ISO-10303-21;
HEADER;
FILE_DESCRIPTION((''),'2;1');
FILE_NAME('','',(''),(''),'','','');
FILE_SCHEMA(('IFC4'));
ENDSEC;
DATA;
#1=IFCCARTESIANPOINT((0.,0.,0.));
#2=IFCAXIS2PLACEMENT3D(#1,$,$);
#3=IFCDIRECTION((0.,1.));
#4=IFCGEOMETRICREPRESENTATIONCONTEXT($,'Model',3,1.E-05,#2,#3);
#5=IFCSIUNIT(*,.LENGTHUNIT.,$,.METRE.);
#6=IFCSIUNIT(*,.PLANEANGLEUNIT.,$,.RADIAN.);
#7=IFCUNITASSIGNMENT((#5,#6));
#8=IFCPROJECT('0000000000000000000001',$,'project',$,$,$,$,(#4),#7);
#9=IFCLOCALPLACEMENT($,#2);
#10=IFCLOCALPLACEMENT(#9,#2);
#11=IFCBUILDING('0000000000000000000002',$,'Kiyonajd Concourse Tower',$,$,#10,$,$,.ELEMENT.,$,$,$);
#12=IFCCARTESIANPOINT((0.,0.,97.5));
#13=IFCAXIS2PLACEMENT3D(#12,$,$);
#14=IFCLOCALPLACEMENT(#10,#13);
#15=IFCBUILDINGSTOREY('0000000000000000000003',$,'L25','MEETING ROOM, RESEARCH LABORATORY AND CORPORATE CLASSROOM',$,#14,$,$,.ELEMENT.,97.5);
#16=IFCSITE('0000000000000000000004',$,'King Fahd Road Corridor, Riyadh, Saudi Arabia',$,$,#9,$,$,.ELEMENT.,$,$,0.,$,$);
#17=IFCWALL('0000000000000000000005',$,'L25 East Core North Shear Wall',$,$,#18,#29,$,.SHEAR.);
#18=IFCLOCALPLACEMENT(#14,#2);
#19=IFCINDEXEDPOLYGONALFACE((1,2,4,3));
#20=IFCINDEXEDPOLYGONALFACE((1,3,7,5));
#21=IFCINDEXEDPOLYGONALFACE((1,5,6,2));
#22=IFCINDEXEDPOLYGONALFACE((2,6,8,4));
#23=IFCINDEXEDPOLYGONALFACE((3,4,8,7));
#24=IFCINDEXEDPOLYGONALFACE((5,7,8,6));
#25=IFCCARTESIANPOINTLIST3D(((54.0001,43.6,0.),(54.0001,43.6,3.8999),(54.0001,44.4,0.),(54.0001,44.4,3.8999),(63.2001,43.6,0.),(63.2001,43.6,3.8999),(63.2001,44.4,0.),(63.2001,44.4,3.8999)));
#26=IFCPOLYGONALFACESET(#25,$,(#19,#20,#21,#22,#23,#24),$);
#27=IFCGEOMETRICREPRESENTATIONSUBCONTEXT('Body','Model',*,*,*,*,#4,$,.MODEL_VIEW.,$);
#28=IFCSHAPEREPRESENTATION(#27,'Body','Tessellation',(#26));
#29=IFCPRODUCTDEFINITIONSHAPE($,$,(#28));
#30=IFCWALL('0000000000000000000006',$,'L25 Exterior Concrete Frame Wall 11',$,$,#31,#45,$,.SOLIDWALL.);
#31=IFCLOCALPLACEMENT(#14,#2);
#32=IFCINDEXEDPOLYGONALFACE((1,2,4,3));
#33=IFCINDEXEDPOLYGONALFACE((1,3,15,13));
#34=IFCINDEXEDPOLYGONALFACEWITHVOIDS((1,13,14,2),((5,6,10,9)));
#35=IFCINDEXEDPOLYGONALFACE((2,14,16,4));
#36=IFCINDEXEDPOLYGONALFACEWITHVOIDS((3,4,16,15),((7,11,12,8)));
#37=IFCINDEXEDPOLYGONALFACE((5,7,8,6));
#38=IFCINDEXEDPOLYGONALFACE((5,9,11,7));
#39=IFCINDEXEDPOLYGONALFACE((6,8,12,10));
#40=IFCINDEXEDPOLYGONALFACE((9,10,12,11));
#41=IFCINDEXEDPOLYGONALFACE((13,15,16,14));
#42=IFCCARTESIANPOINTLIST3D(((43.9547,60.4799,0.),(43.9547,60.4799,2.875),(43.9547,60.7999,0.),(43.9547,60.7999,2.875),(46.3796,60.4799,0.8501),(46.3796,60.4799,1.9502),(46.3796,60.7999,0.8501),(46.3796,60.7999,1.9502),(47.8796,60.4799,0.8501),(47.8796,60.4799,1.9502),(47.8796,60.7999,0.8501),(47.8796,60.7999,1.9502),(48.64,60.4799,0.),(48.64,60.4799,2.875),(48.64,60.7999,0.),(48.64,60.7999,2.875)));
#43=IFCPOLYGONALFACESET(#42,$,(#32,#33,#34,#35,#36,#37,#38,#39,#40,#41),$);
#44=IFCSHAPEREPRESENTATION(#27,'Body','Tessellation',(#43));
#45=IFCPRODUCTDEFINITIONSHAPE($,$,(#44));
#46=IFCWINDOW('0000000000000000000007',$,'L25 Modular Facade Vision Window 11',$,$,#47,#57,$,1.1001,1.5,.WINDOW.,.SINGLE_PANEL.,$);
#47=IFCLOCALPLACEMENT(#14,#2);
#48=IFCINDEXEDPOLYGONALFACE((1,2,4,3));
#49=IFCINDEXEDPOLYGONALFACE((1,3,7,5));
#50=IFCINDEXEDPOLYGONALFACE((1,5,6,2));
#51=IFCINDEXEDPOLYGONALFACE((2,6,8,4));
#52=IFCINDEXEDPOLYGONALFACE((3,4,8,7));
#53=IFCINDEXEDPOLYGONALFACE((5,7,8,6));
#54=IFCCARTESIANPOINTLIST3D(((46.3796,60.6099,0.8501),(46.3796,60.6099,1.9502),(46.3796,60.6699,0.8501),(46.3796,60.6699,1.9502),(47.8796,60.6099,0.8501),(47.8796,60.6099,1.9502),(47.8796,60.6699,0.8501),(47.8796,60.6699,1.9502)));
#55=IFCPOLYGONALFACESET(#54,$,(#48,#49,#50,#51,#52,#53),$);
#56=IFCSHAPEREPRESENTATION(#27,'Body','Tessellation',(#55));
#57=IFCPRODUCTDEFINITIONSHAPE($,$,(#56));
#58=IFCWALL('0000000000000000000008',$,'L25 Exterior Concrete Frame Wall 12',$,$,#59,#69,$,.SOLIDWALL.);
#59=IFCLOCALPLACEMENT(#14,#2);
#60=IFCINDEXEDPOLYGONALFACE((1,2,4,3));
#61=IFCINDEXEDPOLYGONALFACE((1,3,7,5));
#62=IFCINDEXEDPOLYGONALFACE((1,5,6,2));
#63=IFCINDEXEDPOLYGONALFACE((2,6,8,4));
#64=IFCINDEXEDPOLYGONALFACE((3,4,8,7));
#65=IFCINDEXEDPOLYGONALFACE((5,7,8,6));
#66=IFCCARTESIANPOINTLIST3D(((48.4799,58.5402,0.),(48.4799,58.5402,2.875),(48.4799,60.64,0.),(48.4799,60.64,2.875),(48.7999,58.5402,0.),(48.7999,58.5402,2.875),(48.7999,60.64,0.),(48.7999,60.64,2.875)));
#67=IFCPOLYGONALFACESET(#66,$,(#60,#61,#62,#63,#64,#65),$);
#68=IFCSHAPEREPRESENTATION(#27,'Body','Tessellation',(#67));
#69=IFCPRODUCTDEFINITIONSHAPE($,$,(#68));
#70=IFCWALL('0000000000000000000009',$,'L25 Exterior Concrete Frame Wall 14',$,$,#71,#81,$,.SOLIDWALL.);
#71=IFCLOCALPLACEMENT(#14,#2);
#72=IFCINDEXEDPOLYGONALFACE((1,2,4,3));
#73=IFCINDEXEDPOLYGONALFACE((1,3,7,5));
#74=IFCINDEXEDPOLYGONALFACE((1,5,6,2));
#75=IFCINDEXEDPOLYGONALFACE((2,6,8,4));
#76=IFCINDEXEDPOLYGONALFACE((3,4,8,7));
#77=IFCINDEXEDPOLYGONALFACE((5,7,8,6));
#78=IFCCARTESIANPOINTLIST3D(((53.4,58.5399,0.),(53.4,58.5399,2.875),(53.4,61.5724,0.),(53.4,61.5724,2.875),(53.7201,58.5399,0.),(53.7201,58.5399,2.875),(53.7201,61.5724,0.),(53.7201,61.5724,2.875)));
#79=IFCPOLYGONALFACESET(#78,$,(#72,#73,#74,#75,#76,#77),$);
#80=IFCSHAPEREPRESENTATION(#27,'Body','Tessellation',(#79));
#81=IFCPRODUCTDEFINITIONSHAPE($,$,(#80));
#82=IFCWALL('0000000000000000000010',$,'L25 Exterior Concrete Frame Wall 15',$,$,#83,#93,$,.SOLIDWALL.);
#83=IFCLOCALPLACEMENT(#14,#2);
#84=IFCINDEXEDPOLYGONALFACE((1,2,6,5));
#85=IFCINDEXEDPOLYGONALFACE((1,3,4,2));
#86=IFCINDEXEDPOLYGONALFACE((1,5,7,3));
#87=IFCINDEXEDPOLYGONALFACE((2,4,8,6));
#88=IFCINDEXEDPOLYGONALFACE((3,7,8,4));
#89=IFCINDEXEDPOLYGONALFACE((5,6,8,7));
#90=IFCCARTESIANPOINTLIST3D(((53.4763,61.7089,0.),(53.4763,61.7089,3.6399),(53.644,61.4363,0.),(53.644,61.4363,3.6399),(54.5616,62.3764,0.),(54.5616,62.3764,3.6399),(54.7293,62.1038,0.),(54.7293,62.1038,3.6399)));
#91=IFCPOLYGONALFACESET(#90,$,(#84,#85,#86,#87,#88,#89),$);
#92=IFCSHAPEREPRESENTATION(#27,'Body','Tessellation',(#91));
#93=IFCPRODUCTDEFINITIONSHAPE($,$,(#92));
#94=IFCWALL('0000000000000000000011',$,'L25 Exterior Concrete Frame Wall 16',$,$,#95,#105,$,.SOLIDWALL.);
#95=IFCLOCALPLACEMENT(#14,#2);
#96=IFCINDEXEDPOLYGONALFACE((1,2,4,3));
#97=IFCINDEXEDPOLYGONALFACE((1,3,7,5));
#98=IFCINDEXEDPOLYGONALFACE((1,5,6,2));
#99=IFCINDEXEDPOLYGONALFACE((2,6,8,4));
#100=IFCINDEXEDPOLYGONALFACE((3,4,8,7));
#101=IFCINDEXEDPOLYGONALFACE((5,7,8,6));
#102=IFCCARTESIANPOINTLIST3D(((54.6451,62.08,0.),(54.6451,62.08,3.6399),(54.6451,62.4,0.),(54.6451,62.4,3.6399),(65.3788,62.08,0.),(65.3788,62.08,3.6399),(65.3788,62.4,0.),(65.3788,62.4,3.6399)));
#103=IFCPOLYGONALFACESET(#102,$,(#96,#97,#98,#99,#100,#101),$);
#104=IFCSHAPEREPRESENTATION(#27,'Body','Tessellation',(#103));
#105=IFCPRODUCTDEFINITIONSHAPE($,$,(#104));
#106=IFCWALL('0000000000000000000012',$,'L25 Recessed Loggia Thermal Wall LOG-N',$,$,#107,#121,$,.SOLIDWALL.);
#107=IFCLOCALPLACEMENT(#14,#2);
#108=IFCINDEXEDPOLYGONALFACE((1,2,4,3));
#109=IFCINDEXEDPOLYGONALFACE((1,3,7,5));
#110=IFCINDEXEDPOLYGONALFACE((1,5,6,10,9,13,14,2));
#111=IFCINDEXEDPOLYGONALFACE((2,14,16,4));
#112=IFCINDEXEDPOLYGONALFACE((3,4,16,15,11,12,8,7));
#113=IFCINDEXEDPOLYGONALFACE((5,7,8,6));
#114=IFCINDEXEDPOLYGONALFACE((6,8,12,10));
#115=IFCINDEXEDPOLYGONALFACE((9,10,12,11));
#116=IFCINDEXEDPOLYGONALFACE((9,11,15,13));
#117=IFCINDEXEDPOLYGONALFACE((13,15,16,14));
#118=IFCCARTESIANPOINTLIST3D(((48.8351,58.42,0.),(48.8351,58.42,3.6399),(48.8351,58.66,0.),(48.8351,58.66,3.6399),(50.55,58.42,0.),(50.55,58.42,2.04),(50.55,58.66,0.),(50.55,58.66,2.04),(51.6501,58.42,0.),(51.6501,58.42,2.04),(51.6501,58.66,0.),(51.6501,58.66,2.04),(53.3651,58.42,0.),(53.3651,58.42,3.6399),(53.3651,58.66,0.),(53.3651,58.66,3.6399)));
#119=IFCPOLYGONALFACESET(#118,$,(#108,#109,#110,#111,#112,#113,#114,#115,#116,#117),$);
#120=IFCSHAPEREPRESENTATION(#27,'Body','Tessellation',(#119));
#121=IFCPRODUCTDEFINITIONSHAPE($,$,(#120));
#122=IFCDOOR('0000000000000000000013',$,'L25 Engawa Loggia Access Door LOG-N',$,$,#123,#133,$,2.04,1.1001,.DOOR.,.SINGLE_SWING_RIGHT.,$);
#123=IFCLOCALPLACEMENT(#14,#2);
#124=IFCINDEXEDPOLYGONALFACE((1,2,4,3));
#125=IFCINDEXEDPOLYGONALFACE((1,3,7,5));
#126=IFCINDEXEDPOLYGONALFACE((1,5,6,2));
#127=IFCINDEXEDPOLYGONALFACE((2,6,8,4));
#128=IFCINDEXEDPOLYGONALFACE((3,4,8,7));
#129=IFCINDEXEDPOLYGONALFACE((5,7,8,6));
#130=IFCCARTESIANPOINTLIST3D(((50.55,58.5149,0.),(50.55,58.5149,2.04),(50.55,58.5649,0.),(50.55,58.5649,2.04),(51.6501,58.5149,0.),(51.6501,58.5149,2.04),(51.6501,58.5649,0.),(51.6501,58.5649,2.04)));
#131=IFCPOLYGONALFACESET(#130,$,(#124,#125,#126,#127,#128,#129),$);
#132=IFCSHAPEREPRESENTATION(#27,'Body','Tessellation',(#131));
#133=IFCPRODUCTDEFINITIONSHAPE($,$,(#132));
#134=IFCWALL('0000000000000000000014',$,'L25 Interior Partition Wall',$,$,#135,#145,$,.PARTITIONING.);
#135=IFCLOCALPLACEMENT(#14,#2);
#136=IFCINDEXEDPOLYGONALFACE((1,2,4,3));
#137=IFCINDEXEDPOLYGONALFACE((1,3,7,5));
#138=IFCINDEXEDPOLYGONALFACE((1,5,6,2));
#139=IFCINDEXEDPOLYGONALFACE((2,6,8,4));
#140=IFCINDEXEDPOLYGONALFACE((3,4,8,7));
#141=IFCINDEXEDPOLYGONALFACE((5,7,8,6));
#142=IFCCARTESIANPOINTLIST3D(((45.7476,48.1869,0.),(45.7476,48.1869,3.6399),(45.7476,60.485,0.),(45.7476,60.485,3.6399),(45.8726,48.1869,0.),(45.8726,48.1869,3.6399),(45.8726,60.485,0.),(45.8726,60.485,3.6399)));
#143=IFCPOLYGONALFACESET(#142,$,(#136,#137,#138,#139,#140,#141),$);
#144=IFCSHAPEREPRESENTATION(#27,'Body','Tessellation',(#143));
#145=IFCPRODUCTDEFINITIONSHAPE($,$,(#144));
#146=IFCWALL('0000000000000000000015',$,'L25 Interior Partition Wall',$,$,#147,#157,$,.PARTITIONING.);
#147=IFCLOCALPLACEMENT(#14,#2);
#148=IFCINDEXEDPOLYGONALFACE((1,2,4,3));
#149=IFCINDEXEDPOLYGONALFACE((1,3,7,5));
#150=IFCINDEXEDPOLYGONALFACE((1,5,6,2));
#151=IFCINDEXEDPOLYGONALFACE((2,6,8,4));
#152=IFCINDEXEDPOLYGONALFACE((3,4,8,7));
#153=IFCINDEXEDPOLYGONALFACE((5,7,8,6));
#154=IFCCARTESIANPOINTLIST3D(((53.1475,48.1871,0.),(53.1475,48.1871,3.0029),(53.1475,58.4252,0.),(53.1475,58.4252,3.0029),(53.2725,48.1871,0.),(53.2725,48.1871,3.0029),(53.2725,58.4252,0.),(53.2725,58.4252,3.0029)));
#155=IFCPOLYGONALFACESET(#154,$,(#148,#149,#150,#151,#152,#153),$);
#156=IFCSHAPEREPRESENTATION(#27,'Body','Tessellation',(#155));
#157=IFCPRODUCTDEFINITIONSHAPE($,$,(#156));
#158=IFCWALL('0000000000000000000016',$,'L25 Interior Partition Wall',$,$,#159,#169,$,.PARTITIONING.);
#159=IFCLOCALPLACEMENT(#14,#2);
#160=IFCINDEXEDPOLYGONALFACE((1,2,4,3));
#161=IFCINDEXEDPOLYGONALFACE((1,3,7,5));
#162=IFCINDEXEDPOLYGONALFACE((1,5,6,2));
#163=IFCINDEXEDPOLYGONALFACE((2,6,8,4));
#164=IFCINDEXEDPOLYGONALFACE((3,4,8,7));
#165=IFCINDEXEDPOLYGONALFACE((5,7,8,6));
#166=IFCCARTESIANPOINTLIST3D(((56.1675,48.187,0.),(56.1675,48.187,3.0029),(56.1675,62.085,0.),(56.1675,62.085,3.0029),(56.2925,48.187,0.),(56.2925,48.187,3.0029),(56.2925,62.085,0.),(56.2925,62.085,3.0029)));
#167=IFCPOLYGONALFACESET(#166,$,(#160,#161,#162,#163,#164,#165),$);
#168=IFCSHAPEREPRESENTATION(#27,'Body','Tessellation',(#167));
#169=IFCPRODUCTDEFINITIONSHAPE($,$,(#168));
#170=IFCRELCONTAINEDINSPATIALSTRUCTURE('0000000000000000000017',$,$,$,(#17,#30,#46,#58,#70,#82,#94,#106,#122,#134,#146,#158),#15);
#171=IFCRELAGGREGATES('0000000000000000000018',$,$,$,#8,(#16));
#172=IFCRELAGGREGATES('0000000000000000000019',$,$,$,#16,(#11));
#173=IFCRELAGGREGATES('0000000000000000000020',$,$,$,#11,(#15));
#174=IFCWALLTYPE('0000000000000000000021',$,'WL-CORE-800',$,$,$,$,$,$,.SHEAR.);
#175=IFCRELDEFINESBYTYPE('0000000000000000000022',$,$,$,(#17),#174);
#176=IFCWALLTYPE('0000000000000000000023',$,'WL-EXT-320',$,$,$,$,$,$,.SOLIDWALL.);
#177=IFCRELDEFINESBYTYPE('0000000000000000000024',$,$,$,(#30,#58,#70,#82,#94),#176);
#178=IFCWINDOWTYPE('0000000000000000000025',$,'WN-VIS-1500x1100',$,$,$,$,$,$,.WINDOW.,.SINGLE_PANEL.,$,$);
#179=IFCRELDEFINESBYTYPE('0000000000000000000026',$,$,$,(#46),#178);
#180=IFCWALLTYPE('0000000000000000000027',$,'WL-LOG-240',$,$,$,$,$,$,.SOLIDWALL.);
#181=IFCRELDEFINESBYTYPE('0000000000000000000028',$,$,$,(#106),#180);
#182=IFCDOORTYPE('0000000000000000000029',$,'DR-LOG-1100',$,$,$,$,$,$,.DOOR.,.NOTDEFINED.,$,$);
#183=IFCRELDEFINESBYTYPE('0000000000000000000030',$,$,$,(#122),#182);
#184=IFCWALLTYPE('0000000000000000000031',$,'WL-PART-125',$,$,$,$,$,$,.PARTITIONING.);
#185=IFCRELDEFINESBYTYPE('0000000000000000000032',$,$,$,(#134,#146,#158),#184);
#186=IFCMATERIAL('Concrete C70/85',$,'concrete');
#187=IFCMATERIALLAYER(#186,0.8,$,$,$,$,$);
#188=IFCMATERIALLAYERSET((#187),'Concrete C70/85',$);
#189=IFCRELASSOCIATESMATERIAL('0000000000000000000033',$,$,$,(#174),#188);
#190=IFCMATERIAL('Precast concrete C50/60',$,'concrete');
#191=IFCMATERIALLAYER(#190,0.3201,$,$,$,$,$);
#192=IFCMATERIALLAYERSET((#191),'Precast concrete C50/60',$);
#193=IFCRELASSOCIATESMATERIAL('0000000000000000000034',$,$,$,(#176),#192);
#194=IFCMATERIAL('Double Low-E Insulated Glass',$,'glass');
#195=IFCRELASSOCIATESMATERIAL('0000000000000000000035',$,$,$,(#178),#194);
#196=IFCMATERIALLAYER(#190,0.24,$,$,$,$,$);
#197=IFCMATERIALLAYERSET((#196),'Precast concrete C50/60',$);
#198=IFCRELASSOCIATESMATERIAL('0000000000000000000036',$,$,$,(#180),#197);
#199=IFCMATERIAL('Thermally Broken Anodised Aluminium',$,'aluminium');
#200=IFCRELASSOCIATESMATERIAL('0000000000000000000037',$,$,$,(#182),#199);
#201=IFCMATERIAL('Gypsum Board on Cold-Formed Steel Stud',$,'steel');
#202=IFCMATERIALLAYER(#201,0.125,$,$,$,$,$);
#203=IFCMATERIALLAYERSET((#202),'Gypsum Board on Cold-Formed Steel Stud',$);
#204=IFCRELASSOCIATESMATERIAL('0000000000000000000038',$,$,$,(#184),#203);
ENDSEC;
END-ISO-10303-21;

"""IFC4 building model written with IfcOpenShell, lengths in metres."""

from ifc_helpers import new_model, si_unit, direction, frame, frame_2d, origin, place, context, subcontext, project, spatial, rectangle, extrude, material, layer, layer_set, type_object, element, fill, save


model = new_model("IFC4")

# Units and contexts
model_context = context("Model", 3, precision=1e-05, world=origin(), true_north=direction((0.0, 1.0)))
body_context = subcontext(model_context, "Body", "Model", "MODEL_VIEW")
ifc_project = project(units=[si_unit("LENGTHUNIT", "METRE"), si_unit("PLANEANGLEUNIT", "RADIAN")], contexts=[model_context])

# Site, building, storey
site_placement = place(None, origin())
site = spatial("IfcSite", under=ifc_project, at=site_placement, Name="King Fahd Road Corridor, Riyadh, Saudi Arabia", CompositionType="ELEMENT", RefElevation=0.0)
building_placement = place(site_placement, origin())
building = spatial("IfcBuilding", under=site, at=building_placement, Name="Kiyonajd Concourse Tower", CompositionType="ELEMENT")
storey_placement = place(building_placement, frame((0.0, 0.0, 97.5)))
storey = spatial("IfcBuildingStorey", under=building, at=storey_placement, Name="L25", Description="MEETING ROOM, RESEARCH LABORATORY AND CORPORATE CLASSROOM", CompositionType="ELEMENT", Elevation=97.5)

# Shared definitions
ifc_material_1 = material(Name="Concrete C70/85", Category="concrete")

# Shared definitions
ifc_material_2 = material(Name="Precast concrete C50/60", Category="concrete")

# Shared definitions
ifc_material_3 = material(Name="Thermally Broken Anodised Aluminium", Category="aluminium")

# Wall
ifc_layer_1 = layer(ifc_material_1, 0.8)
ifc_layer_set_1 = layer_set([ifc_layer_1], Name="Concrete C70/85")
wall_type_1 = type_object("IfcWallType", Name="WL-CORE-800", PredefinedType="SHEAR", material=ifc_layer_set_1)
wall_1_placement = place(storey_placement, frame((54.0, 44.0, 0.0), z_axis=(0.0, 0.0, 1.0), x_axis=(1.0, 0.0, 0.0)))
element("IfcWall", 1, at=wall_1_placement, inside=storey, type_object=wall_type_1, Name="L25 East Core North Shear Wall", PredefinedType="SHEAR", context=body_context, shape_type="SweptSolid", body=[
    extrude(rectangle(XDim=9.2, YDim=0.8, at=frame_2d((4.6001, 0.0))), origin(), (0.0, 0.0, 1.0), 3.8999),
])

# Wall, opening, window
ifc_layer_2 = layer(ifc_material_2, 0.3201)
ifc_layer_set_2 = layer_set([ifc_layer_2], Name="Precast concrete C50/60")
wall_type_2 = type_object("IfcWallType", Name="WL-EXT-320", PredefinedType="SOLIDWALL", material=ifc_layer_set_2)
wall_2_placement = place(storey_placement, frame((43.9546, 60.6399, 0.0), z_axis=(0.0, 0.0, 1.0), x_axis=(1.0, 0.0, 0.0)))
wall_2 = element("IfcWall", 2, at=wall_2_placement, inside=storey, type_object=wall_type_2, Name="L25 Exterior Concrete Frame Wall 11", PredefinedType="SOLIDWALL", context=body_context, shape_type="SweptSolid", body=[
    extrude(rectangle(XDim=4.6853, YDim=0.3201, at=frame_2d((2.3428, 0.0))), origin(), (0.0, 0.0, 1.0), 2.875),
])
opening_1_placement = place(wall_2_placement, frame((2.425, 0.0, 0.8501)))
opening_1 = element("IfcOpeningElement", 3, at=opening_1_placement, cuts=wall_2, PredefinedType="OPENING", context=body_context, shape_type="SweptSolid", body=[
    extrude(rectangle(XDim=1.5, YDim=1.1001, at=frame_2d((0.75, 0.55))), frame((0.0, 0.1699, 0.0), z_axis=(0.0, -1.0, 0.0), x_axis=(1.0, 0.0, 0.0)), (0.0, 0.0, 1.0), 0.3401),
])
ifc_material_4 = material(Name="Double Low-E Insulated Glass", Category="glass")
window_type = type_object("IfcWindowType", Name="WN-VIS-1500x1100", PartitioningType="SINGLE_PANEL", PredefinedType="WINDOW", material=ifc_material_4)
window_placement = place(opening_1_placement, origin())
window = element("IfcWindow", 4, at=window_placement, inside=storey, type_object=window_type, Name="L25 Modular Facade Vision Window 11", OverallHeight=1.1001, OverallWidth=1.5, PartitioningType="SINGLE_PANEL", PredefinedType="WINDOW", context=body_context, shape_type="SweptSolid", body=[
    extrude(rectangle(XDim=1.5, YDim=1.1001, at=frame_2d((0.75, 0.55))), frame((0.0, 0.03, 0.0), z_axis=(0.0, -1.0, 0.0), x_axis=(1.0, 0.0, 0.0)), (0.0, 0.0, 1.0), 0.0601),
])
fill(opening_1, window)

# Walls
wall_3_placement = place(storey_placement, frame((48.6399, 60.6399, 0.0), z_axis=(0.0, 0.0, 1.0), x_axis=(0.0, -1.0, 0.0)))
element("IfcWall", 5, at=wall_3_placement, inside=storey, type_object=wall_type_2, Name="L25 Exterior Concrete Frame Wall 12", PredefinedType="SOLIDWALL", context=body_context, shape_type="SweptSolid", body=[
    extrude(rectangle(XDim=2.0999, YDim=0.3201, at=frame_2d((1.0498, 0.0))), origin(), (0.0, 0.0, 1.0), 2.875),
])
wall_4_placement = place(storey_placement, frame((53.5601, 58.54, 0.0), z_axis=(0.0, 0.0, 1.0), x_axis=(0.0, 1.0, 0.0)))
element("IfcWall", 6, at=wall_4_placement, inside=storey, type_object=wall_type_2, Name="L25 Exterior Concrete Frame Wall 14", PredefinedType="SOLIDWALL", context=body_context, shape_type="SweptSolid", body=[
    extrude(rectangle(XDim=3.0325, YDim=0.3201, at=frame_2d((1.5161, 0.0))), origin(), (0.0, 0.0, 1.0), 2.875),
])
wall_5_placement = place(storey_placement, frame((53.5601, 61.5725, 0.0), z_axis=(0.0, 0.0, 1.0), x_axis=(0.851777, 0.523905, 0.0)))
element("IfcWall", 7, at=wall_5_placement, inside=storey, type_object=wall_type_2, Name="L25 Exterior Concrete Frame Wall 15", PredefinedType="SOLIDWALL", context=body_context, shape_type="SweptSolid", body=[
    extrude(rectangle(XDim=1.2742, YDim=0.3201, at=frame_2d((0.6372, 0.0))), origin(), (0.0, 0.0, 1.0), 3.6399),
])
wall_6_placement = place(storey_placement, frame((54.6453, 62.24, 0.0), z_axis=(0.0, 0.0, 1.0), x_axis=(1.0, 0.0, 0.0)))
element("IfcWall", 8, at=wall_6_placement, inside=storey, type_object=wall_type_2, Name="L25 Exterior Concrete Frame Wall 16", PredefinedType="SOLIDWALL", context=body_context, shape_type="SweptSolid", body=[
    extrude(rectangle(XDim=10.7336, YDim=0.3201, at=frame_2d((5.3667, 0.0))), origin(), (0.0, 0.0, 1.0), 3.6399),
])

# Wall, opening, door
ifc_layer_3 = layer(ifc_material_2, 0.24)
ifc_layer_set_3 = layer_set([ifc_layer_3], Name="Precast concrete C50/60")
wall_type_3 = type_object("IfcWallType", Name="WL-LOG-240", PredefinedType="SOLIDWALL", material=ifc_layer_set_3)
wall_7_placement = place(storey_placement, frame((48.835, 58.54, 0.0), z_axis=(0.0, 0.0, 1.0), x_axis=(1.0, 0.0, 0.0)))
wall_7 = element("IfcWall", 9, at=wall_7_placement, inside=storey, type_object=wall_type_3, Name="L25 Recessed Loggia Thermal Wall LOG-N", PredefinedType="SOLIDWALL", context=body_context, shape_type="SweptSolid", body=[
    extrude(rectangle(XDim=4.53, YDim=0.24, at=frame_2d((2.2651, 0.0))), origin(), (0.0, 0.0, 1.0), 3.6399),
])
opening_2_placement = place(wall_7_placement, frame((1.7151, 0.0, 0.0)))
opening_2 = element("IfcOpeningElement", 10, at=opening_2_placement, cuts=wall_7, PredefinedType="OPENING", context=body_context, shape_type="SweptSolid", body=[
    extrude(rectangle(XDim=1.1001, YDim=2.04, at=frame_2d((0.55, 1.02))), frame((0.0, 0.1299, 0.0), z_axis=(0.0, -1.0, 0.0), x_axis=(1.0, 0.0, 0.0)), (0.0, 0.0, 1.0), 0.26),
])
door_type = type_object("IfcDoorType", Name="DR-LOG-1100", OperationType="NOTDEFINED", PredefinedType="DOOR", material=ifc_material_3)
door_placement = place(opening_2_placement, origin())
door = element("IfcDoor", 11, at=door_placement, inside=storey, type_object=door_type, Name="L25 Engawa Loggia Access Door LOG-N", OperationType="SINGLE_SWING_RIGHT", OverallHeight=2.04, OverallWidth=1.1001, PredefinedType="DOOR", context=body_context, shape_type="SweptSolid", body=[
    extrude(rectangle(XDim=1.1001, YDim=2.04, at=frame_2d((0.55, 1.02))), frame((0.0, 0.0249, 0.0), z_axis=(0.0, -1.0, 0.0), x_axis=(1.0, 0.0, 0.0)), (0.0, 0.0, 1.0), 0.05),
])
fill(opening_2, door)

# Walls
ifc_material_5 = material(Name="Gypsum Board on Cold-Formed Steel Stud", Category="steel")
ifc_layer_4 = layer(ifc_material_5, 0.125)
ifc_layer_set_4 = layer_set([ifc_layer_4], Name="Gypsum Board on Cold-Formed Steel Stud")
wall_type_4 = type_object("IfcWallType", Name="WL-PART-125", PredefinedType="PARTITIONING", material=ifc_layer_set_4)
wall_8_placement = place(storey_placement, frame((45.8101, 48.187, 0.0), z_axis=(0.0, 0.0, 1.0), x_axis=(0.0, 1.0, 0.0)))
element("IfcWall", 12, at=wall_8_placement, inside=storey, type_object=wall_type_4, Name="L25 Interior Partition Wall", PredefinedType="PARTITIONING", context=body_context, shape_type="SweptSolid", body=[
    extrude(rectangle(XDim=12.2981, YDim=0.125, at=frame_2d((6.1489, 0.0))), origin(), (0.0, 0.0, 1.0), 3.6399),
])
wall_9_placement = place(storey_placement, frame((53.21, 48.187, 0.0), z_axis=(0.0, 0.0, 1.0), x_axis=(0.0, 1.0, 0.0)))
element("IfcWall", 13, at=wall_9_placement, inside=storey, type_object=wall_type_4, Name="L25 Interior Partition Wall", PredefinedType="PARTITIONING", context=body_context, shape_type="SweptSolid", body=[
    extrude(rectangle(XDim=10.238, YDim=0.125, at=frame_2d((5.1191, 0.0))), origin(), (0.0, 0.0, 1.0), 3.0029),
])
wall_10_placement = place(storey_placement, frame((56.23, 48.187, 0.0), z_axis=(0.0, 0.0, 1.0), x_axis=(0.0, 1.0, 0.0)))
element("IfcWall", 14, at=wall_10_placement, inside=storey, type_object=wall_type_4, Name="L25 Interior Partition Wall", PredefinedType="PARTITIONING", context=body_context, shape_type="SweptSolid", body=[
    extrude(rectangle(XDim=13.8979, YDim=0.125, at=frame_2d((6.949, 0.0))), origin(), (0.0, 0.0, 1.0), 3.0029),
])

save(model, "model.ifc")
